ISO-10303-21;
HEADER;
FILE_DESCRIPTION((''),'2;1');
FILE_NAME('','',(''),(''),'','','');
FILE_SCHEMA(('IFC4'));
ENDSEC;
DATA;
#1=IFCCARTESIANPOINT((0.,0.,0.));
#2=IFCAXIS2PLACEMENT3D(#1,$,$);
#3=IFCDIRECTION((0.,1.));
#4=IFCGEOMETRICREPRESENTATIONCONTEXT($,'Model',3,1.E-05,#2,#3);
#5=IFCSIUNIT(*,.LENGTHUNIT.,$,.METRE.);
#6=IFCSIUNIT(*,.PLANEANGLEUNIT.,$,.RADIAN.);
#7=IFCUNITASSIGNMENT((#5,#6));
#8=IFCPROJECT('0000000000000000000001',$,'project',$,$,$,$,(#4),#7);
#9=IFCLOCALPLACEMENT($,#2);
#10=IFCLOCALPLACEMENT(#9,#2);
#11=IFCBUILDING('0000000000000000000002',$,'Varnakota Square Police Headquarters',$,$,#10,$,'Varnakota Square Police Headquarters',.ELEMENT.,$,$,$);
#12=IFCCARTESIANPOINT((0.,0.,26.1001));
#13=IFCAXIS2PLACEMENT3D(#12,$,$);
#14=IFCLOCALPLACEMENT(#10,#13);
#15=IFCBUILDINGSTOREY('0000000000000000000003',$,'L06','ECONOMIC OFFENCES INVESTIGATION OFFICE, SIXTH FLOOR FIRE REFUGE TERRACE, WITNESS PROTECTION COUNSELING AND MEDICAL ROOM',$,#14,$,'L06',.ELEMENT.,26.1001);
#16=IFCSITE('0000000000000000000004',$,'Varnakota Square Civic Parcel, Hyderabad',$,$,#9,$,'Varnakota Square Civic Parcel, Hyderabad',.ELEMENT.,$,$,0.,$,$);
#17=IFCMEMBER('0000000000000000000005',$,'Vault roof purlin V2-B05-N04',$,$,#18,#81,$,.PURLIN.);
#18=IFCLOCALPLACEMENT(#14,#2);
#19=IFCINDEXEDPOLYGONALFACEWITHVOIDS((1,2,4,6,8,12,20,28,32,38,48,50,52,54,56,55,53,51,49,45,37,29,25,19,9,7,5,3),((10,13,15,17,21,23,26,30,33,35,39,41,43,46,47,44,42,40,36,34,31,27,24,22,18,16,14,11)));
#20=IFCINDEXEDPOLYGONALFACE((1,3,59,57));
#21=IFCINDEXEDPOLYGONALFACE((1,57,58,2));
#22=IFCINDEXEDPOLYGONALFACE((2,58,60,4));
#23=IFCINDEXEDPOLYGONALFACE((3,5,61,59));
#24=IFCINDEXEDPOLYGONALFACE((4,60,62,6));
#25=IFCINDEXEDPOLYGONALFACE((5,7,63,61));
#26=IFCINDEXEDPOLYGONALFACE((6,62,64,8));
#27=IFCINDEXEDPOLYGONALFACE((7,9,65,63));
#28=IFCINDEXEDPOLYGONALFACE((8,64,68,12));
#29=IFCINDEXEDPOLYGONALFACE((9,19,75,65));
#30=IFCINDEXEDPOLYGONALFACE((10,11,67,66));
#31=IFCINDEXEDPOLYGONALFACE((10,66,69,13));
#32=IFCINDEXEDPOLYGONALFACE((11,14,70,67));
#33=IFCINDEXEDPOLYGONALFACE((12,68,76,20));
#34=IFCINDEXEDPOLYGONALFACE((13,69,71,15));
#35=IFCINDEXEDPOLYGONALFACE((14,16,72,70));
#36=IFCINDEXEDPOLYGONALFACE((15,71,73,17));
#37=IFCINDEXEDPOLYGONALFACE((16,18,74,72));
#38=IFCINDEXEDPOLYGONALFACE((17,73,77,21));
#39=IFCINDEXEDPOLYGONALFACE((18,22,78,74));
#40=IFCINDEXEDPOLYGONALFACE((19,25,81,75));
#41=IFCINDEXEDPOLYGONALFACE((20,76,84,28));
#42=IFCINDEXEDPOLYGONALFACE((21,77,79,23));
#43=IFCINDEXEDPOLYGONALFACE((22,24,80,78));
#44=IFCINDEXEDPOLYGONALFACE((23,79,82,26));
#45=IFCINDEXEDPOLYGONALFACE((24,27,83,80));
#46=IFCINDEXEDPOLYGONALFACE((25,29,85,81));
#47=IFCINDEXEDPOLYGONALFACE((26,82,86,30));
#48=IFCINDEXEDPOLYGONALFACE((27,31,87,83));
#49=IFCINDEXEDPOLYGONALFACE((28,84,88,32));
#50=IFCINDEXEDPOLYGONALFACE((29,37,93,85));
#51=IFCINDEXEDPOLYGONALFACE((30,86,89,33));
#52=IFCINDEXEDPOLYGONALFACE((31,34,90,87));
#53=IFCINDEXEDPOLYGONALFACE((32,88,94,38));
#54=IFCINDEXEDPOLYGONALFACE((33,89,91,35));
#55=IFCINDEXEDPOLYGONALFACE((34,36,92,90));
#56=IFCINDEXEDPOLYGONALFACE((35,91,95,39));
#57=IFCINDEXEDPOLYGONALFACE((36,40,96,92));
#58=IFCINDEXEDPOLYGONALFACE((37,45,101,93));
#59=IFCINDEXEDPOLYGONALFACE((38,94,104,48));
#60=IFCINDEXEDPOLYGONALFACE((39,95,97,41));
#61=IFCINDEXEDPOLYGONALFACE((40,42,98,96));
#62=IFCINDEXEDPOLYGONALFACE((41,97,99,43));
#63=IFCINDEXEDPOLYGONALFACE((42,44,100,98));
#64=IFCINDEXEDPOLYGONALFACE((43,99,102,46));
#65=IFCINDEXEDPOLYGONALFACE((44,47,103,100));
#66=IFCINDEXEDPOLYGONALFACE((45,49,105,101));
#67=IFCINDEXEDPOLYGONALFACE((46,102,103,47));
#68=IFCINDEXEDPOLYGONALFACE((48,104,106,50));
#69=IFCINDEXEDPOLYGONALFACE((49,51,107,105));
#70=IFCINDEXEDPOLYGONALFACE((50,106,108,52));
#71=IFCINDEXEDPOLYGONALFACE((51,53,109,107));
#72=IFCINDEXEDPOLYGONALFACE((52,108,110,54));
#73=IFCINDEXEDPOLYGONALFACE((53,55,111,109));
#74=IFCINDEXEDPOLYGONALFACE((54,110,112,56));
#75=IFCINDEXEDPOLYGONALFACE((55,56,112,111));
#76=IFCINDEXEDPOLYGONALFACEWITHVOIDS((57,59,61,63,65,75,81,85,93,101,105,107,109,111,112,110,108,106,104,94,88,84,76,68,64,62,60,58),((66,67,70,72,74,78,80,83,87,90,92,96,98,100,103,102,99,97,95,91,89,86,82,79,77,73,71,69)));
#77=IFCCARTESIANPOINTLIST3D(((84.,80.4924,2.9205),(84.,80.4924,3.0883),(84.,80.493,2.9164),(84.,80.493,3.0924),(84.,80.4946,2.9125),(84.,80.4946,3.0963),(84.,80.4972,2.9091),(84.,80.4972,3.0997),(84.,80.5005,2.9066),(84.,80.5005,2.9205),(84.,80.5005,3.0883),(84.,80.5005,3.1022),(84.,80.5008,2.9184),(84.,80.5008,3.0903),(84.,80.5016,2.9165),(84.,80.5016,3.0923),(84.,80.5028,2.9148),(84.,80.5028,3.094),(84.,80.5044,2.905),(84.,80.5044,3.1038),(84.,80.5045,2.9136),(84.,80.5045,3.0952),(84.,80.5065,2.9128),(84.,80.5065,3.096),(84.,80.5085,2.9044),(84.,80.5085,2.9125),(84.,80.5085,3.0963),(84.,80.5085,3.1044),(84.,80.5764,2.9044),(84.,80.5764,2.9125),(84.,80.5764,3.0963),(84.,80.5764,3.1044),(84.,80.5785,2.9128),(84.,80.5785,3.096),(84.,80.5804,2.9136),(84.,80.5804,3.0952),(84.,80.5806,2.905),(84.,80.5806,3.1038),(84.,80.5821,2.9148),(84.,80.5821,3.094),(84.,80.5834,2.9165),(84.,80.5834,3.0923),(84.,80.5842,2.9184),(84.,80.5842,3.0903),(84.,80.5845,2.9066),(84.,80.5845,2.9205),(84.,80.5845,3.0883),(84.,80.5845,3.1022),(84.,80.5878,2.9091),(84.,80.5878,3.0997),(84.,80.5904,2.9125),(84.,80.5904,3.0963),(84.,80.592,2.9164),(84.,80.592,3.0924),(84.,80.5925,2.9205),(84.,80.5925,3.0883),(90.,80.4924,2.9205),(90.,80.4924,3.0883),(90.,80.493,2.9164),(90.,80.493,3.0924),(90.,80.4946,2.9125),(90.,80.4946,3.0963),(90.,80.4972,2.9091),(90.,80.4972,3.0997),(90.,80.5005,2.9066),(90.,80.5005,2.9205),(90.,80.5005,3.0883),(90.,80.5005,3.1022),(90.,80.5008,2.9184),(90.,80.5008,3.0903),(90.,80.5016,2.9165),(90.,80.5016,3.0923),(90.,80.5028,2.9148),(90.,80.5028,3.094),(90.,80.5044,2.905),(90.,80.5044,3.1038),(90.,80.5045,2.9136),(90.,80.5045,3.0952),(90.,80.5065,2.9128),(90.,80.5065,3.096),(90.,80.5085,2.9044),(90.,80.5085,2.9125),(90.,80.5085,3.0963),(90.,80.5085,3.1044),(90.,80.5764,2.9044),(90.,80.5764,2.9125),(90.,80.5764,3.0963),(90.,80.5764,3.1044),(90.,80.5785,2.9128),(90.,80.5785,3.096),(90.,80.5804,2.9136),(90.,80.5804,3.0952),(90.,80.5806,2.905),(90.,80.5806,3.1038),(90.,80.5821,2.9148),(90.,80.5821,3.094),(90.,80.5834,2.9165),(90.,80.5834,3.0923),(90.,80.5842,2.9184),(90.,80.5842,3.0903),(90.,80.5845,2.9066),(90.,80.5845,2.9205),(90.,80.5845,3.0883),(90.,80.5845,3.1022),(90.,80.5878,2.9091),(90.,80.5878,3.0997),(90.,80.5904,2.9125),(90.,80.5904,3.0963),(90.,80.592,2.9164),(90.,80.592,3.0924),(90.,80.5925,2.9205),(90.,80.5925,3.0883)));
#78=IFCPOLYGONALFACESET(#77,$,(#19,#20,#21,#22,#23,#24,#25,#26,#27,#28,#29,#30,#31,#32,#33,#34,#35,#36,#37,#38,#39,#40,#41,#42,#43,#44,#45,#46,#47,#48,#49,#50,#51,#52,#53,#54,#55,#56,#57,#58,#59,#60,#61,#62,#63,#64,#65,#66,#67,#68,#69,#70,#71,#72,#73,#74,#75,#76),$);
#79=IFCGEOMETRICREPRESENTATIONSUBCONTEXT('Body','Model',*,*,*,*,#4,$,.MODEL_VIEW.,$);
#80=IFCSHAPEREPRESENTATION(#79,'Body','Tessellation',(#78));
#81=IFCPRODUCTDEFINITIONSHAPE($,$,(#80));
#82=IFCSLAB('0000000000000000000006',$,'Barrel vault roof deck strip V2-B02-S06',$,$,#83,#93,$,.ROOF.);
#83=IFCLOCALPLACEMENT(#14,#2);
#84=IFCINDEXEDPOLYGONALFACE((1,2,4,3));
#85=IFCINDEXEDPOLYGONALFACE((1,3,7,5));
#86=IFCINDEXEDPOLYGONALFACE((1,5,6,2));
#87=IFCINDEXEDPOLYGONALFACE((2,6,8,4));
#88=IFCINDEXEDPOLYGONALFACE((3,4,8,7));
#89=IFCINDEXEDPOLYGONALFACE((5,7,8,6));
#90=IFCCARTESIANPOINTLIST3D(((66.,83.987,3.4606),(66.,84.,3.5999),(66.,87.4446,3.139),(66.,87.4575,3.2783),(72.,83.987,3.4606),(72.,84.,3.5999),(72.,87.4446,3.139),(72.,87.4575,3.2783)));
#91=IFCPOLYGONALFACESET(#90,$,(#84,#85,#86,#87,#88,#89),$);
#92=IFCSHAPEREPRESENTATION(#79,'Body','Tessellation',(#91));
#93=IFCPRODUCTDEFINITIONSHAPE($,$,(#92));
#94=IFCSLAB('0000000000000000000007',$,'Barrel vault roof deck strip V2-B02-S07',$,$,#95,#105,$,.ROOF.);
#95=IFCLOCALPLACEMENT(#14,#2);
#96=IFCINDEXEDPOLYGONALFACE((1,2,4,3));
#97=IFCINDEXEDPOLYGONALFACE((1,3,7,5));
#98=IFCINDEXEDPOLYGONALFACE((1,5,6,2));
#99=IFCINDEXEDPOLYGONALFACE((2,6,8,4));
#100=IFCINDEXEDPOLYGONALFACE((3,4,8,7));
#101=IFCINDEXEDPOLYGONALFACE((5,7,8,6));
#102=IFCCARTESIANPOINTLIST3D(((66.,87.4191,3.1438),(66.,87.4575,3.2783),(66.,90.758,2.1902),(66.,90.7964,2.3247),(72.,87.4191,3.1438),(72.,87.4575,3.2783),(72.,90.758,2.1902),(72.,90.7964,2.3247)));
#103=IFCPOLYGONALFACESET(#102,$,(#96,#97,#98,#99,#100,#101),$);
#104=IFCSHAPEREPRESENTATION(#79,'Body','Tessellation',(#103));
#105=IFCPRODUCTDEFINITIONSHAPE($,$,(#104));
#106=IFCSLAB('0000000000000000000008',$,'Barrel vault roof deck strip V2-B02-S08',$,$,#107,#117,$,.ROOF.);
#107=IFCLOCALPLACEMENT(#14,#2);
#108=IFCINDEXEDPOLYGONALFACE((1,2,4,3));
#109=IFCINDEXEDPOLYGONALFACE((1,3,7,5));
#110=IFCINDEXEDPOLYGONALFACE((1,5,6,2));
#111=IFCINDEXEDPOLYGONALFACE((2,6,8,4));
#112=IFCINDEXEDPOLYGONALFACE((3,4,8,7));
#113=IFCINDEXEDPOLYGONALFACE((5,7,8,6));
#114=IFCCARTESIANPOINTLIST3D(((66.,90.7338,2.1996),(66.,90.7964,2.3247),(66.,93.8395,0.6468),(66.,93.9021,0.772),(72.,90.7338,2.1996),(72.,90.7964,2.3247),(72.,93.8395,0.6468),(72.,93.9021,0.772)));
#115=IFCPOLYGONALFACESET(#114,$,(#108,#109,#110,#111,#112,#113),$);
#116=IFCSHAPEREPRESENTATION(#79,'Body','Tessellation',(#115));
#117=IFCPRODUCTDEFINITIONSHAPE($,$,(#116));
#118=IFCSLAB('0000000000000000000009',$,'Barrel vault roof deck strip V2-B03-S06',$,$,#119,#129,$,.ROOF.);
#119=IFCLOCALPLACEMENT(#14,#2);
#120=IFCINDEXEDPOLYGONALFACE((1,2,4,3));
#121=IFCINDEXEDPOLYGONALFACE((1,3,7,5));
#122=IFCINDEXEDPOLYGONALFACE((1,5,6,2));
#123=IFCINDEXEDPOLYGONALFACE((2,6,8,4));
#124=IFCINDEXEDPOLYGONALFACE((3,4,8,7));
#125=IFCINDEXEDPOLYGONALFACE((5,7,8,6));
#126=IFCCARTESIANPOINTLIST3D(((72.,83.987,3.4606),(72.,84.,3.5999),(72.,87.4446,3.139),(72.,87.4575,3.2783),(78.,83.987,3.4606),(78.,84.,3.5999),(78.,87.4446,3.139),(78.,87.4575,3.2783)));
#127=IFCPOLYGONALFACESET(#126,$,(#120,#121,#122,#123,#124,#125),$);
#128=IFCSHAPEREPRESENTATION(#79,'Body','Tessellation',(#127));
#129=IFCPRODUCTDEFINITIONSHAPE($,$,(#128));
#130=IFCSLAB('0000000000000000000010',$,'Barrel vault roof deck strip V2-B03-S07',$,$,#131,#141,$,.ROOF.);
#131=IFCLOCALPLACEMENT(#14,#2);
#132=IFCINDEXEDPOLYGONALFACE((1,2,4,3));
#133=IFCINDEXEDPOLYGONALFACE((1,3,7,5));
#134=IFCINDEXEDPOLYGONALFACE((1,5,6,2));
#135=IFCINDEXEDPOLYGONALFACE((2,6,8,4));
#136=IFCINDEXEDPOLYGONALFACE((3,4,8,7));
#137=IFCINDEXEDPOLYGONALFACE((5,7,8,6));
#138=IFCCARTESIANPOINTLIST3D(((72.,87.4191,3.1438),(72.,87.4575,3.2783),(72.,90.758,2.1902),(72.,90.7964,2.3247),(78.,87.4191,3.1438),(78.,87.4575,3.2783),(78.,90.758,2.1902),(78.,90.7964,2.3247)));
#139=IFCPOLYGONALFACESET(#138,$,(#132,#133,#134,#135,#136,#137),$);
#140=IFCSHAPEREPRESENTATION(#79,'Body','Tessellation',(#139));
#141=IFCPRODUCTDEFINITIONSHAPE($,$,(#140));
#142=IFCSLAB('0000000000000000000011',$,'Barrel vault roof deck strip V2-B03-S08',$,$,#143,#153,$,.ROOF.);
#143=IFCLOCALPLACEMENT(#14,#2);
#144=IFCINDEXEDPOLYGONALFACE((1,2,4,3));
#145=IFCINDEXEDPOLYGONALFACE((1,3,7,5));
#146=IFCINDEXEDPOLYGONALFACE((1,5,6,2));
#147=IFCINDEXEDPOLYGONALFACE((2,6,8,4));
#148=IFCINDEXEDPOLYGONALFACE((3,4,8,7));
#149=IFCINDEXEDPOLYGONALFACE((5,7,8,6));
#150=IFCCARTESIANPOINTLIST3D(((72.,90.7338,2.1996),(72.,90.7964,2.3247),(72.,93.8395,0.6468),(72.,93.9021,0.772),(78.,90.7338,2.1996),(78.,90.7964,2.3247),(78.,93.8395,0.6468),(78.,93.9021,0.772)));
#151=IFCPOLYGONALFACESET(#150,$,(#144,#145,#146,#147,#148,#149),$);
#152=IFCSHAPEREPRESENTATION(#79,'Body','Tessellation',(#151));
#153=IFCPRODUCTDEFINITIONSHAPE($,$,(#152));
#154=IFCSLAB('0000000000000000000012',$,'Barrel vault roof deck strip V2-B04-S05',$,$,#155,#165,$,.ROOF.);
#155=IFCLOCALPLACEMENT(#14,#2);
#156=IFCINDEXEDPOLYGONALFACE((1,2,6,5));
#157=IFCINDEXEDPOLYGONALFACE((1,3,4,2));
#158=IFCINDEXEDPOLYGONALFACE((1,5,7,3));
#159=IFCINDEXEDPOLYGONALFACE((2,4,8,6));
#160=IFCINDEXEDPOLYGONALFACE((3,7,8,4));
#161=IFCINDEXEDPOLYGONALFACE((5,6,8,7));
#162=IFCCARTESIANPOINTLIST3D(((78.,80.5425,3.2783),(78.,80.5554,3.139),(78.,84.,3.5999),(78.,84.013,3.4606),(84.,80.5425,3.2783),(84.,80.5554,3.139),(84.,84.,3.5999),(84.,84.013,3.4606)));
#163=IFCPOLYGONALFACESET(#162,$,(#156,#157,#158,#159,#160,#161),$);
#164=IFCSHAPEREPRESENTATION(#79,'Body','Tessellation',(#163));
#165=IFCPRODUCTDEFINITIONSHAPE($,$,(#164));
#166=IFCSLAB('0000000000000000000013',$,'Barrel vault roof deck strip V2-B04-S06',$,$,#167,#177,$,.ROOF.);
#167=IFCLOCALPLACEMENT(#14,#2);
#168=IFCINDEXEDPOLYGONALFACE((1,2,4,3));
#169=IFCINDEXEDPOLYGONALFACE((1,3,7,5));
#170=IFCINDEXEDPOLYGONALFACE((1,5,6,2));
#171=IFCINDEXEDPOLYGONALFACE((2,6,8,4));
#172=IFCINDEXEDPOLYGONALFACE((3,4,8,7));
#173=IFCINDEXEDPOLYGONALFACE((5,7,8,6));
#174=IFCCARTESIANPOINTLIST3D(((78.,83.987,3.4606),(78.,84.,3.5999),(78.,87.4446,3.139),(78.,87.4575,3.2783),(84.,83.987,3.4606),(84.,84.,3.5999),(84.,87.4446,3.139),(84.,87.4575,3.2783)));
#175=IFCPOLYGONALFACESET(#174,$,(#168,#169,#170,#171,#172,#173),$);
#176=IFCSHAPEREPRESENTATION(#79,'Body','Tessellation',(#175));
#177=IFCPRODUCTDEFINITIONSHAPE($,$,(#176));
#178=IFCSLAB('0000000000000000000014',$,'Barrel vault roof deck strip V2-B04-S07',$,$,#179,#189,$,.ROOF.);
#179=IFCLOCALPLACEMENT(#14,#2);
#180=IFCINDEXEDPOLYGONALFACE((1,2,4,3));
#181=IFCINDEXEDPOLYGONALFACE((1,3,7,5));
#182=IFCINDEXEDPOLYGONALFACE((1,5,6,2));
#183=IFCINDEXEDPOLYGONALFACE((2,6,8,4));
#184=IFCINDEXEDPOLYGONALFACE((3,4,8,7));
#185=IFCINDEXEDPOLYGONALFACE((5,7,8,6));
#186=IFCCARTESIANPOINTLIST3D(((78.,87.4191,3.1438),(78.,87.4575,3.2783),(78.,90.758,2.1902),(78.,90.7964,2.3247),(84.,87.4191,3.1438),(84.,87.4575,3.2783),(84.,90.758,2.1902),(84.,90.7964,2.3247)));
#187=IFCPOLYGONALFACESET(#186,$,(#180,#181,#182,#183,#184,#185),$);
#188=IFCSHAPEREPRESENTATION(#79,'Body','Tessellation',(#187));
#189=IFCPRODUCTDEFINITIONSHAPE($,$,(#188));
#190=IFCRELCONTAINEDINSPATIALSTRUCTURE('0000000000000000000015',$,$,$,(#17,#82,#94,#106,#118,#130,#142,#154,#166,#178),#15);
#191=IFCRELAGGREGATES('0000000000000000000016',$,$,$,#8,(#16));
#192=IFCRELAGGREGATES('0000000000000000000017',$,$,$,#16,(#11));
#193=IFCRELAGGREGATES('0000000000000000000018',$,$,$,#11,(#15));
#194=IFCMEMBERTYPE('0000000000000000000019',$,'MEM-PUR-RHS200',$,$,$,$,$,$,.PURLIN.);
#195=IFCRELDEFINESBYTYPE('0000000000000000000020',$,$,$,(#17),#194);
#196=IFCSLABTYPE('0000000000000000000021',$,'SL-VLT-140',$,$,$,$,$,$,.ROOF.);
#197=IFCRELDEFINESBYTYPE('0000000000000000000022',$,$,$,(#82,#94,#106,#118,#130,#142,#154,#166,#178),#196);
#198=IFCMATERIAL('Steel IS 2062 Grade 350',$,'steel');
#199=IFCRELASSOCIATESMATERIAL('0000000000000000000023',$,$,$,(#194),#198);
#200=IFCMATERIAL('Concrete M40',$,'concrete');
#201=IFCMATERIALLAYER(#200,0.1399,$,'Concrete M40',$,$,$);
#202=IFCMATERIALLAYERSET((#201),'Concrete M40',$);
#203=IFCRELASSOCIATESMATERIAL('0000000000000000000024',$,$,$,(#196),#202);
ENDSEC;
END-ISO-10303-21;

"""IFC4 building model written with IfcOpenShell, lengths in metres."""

from ifc_helpers import new_model, si_unit, direction, frame, origin, origin_2d, place, context, subcontext, project, spatial, polyline, hollow_rectangle, outline, extrude, material, layer, layer_set, material_profile, profile_set, type_object, element, save


model = new_model("IFC4")

# Units and contexts
model_context = context("Model", 3, precision=1e-05, world=origin(), true_north=direction((0.0, 1.0)))
body_context = subcontext(model_context, "Body", "Model", "MODEL_VIEW")
ifc_project = project(units=[si_unit("LENGTHUNIT", "METRE"), si_unit("PLANEANGLEUNIT", "RADIAN")], contexts=[model_context])

# Site, building, storey
site_placement = place(None, origin())
site = spatial("IfcSite", under=ifc_project, at=site_placement, Name="Varnakota Square Civic Parcel, Hyderabad", LongName="Varnakota Square Civic Parcel, Hyderabad", CompositionType="ELEMENT", RefElevation=0.0)
building_placement = place(site_placement, origin())
building = spatial("IfcBuilding", under=site, at=building_placement, Name="Varnakota Square Police Headquarters", LongName="Varnakota Square Police Headquarters", CompositionType="ELEMENT")
storey_placement = place(building_placement, frame((0.0, 0.0, 26.1001)))
storey = spatial("IfcBuildingStorey", under=building, at=storey_placement, Name="L06", Description="ECONOMIC OFFENCES INVESTIGATION OFFICE, SIXTH FLOOR FIRE REFUGE TERRACE, WITNESS PROTECTION COUNSELING AND MEDICAL ROOM", LongName="L06", CompositionType="ELEMENT", Elevation=26.1001)

# Shared definitions
ifc_material_1 = material(Name="Steel IS 2062 Grade 350", Category="steel")

# Member
ifc_material_profile_1 = material_profile(ifc_material_1, hollow_rectangle(XDim=0.1001, YDim=0.2, WallThickness=0.0081, InnerFilletRadius=0.0081, OuterFilletRadius=0.0161, at=origin_2d()), Name="RHS 200x100x8")
ifc_profile_set_1 = profile_set([ifc_material_profile_1], Name="Steel IS 2062 Grade 350")
member_type_1 = type_object("IfcMemberType", Name="MEM-PUR-RHS200", PredefinedType="PURLIN", material=ifc_profile_set_1)
for number, where, z_axis, x_axis, name in (
    (1, (84.0, 80.5425, 3.0044), (1.0, 0.0, 0.0), (0.0, 1.0, 0.0), "Vault roof purlin V2-B05-N04"),
):
    element("IfcMember", number, at=place(storey_placement, frame(where, z_axis=z_axis, x_axis=x_axis)), inside=storey, type_object=member_type_1, Name=name, PredefinedType="PURLIN", context=body_context, shape_type="SweptSolid", body=[
        extrude(hollow_rectangle(XDim=0.1001, YDim=0.2, WallThickness=0.0081, InnerFilletRadius=0.0081, OuterFilletRadius=0.0161, at=origin_2d()), origin(), (0.0, 0.0, 1.0), 6.0),
    ])

# Slabs
ifc_material_2 = material(Name="Concrete M40", Category="concrete")
ifc_layer = layer(ifc_material_2, 0.1399, Name="Concrete M40")
ifc_layer_set = layer_set([ifc_layer], Name="Concrete M40")
slab_type = type_object("IfcSlabType", Name="SL-VLT-140", PredefinedType="ROOF", material=ifc_layer_set)
slab_1_placement = place(storey_placement, frame((66.0, 84.0, 3.5999), z_axis=(0.0, 0.092596, 0.995704), x_axis=(1.0, 0.0, 0.0)))
element("IfcSlab", 2, at=slab_1_placement, inside=storey, type_object=slab_type, Name="Barrel vault roof deck strip V2-B02-S06", PredefinedType="ROOF", context=body_context, shape_type="SweptSolid", body=[
    extrude(outline(polyline([(0.0, 0.0), (6.0, 0.0), (6.0, 3.4724), (0.0, 3.4724), (0.0, 0.0)])), origin(), (0.0, 0.0, -1.0), 0.1399),
])
slab_2_placement = place(storey_placement, frame((66.0, 87.4575, 3.2783), z_axis=(0.0, 0.274628, 0.96155), x_axis=(1.0, 0.0, 0.0)))
element("IfcSlab", 3, at=slab_2_placement, inside=storey, type_object=slab_type, Name="Barrel vault roof deck strip V2-B02-S07", PredefinedType="ROOF", context=body_context, shape_type="SweptSolid", body=[
    extrude(outline(polyline([(0.0, 0.0), (6.0, 0.0), (6.0, 3.4724), (0.0, 3.4724), (0.0, 0.0)])), origin(), (0.0, 0.0, -1.0), 0.1399),
])
slab_3_placement = place(storey_placement, frame((66.0, 90.7964, 2.3247), z_axis=(0.0, 0.447185, 0.894441), x_axis=(1.0, 0.0, 0.0)))
element("IfcSlab", 4, at=slab_3_placement, inside=storey, type_object=slab_type, Name="Barrel vault roof deck strip V2-B02-S08", PredefinedType="ROOF", context=body_context, shape_type="SweptSolid", body=[
    extrude(outline(polyline([(0.0, 0.0), (6.0, 0.0), (6.0, 3.4722), (0.0, 3.4722), (0.0, 0.0)])), origin(), (0.0, 0.0, -1.0), 0.1399),
])
slab_4_placement = place(storey_placement, frame((72.0, 84.0, 3.5999), z_axis=(0.0, 0.092596, 0.995704), x_axis=(1.0, 0.0, 0.0)))
element("IfcSlab", 5, at=slab_4_placement, inside=storey, type_object=slab_type, Name="Barrel vault roof deck strip V2-B03-S06", PredefinedType="ROOF", context=body_context, shape_type="SweptSolid", body=[
    extrude(outline(polyline([(0.0, 0.0), (6.0, 0.0), (6.0, 3.4724), (0.0, 3.4724), (0.0, 0.0)])), origin(), (0.0, 0.0, -1.0), 0.1399),
])
slab_5_placement = place(storey_placement, frame((72.0, 87.4575, 3.2783), z_axis=(0.0, 0.274628, 0.96155), x_axis=(1.0, 0.0, 0.0)))
element("IfcSlab", 6, at=slab_5_placement, inside=storey, type_object=slab_type, Name="Barrel vault roof deck strip V2-B03-S07", PredefinedType="ROOF", context=body_context, shape_type="SweptSolid", body=[
    extrude(outline(polyline([(0.0, 0.0), (6.0, 0.0), (6.0, 3.4724), (0.0, 3.4724), (0.0, 0.0)])), origin(), (0.0, 0.0, -1.0), 0.1399),
])
slab_6_placement = place(storey_placement, frame((72.0, 90.7964, 2.3247), z_axis=(0.0, 0.447185, 0.894441), x_axis=(1.0, 0.0, 0.0)))
element("IfcSlab", 7, at=slab_6_placement, inside=storey, type_object=slab_type, Name="Barrel vault roof deck strip V2-B03-S08", PredefinedType="ROOF", context=body_context, shape_type="SweptSolid", body=[
    extrude(outline(polyline([(0.0, 0.0), (6.0, 0.0), (6.0, 3.4722), (0.0, 3.4722), (0.0, 0.0)])), origin(), (0.0, 0.0, -1.0), 0.1399),
])
for number, where, z_axis, x_axis, name in (
    (8, (78.0, 80.5425, 3.2783), (0.0, -0.092596, 0.995704), (1.0, 0.0, 0.0), "Barrel vault roof deck strip V2-B04-S05"),
    (9, (78.0, 84.0, 3.5999), (0.0, 0.092596, 0.995704), (1.0, 0.0, 0.0), "Barrel vault roof deck strip V2-B04-S06"),
):
    element("IfcSlab", number, at=place(storey_placement, frame(where, z_axis=z_axis, x_axis=x_axis)), inside=storey, type_object=slab_type, Name=name, PredefinedType="ROOF", context=body_context, shape_type="SweptSolid", body=[
        extrude(outline(polyline([(0.0, 0.0), (6.0, 0.0), (6.0, 3.4724), (0.0, 3.4724), (0.0, 0.0)])), origin(), (0.0, 0.0, -1.0), 0.1399),
    ])
slab_7_placement = place(storey_placement, frame((78.0, 87.4575, 3.2783), z_axis=(0.0, 0.274628, 0.96155), x_axis=(1.0, 0.0, 0.0)))
element("IfcSlab", 10, at=slab_7_placement, inside=storey, type_object=slab_type, Name="Barrel vault roof deck strip V2-B04-S07", PredefinedType="ROOF", context=body_context, shape_type="SweptSolid", body=[
    extrude(outline(polyline([(0.0, 0.0), (6.0, 0.0), (6.0, 3.4724), (0.0, 3.4724), (0.0, 0.0)])), origin(), (0.0, 0.0, -1.0), 0.1399),
])

save(model, "model.ifc")
